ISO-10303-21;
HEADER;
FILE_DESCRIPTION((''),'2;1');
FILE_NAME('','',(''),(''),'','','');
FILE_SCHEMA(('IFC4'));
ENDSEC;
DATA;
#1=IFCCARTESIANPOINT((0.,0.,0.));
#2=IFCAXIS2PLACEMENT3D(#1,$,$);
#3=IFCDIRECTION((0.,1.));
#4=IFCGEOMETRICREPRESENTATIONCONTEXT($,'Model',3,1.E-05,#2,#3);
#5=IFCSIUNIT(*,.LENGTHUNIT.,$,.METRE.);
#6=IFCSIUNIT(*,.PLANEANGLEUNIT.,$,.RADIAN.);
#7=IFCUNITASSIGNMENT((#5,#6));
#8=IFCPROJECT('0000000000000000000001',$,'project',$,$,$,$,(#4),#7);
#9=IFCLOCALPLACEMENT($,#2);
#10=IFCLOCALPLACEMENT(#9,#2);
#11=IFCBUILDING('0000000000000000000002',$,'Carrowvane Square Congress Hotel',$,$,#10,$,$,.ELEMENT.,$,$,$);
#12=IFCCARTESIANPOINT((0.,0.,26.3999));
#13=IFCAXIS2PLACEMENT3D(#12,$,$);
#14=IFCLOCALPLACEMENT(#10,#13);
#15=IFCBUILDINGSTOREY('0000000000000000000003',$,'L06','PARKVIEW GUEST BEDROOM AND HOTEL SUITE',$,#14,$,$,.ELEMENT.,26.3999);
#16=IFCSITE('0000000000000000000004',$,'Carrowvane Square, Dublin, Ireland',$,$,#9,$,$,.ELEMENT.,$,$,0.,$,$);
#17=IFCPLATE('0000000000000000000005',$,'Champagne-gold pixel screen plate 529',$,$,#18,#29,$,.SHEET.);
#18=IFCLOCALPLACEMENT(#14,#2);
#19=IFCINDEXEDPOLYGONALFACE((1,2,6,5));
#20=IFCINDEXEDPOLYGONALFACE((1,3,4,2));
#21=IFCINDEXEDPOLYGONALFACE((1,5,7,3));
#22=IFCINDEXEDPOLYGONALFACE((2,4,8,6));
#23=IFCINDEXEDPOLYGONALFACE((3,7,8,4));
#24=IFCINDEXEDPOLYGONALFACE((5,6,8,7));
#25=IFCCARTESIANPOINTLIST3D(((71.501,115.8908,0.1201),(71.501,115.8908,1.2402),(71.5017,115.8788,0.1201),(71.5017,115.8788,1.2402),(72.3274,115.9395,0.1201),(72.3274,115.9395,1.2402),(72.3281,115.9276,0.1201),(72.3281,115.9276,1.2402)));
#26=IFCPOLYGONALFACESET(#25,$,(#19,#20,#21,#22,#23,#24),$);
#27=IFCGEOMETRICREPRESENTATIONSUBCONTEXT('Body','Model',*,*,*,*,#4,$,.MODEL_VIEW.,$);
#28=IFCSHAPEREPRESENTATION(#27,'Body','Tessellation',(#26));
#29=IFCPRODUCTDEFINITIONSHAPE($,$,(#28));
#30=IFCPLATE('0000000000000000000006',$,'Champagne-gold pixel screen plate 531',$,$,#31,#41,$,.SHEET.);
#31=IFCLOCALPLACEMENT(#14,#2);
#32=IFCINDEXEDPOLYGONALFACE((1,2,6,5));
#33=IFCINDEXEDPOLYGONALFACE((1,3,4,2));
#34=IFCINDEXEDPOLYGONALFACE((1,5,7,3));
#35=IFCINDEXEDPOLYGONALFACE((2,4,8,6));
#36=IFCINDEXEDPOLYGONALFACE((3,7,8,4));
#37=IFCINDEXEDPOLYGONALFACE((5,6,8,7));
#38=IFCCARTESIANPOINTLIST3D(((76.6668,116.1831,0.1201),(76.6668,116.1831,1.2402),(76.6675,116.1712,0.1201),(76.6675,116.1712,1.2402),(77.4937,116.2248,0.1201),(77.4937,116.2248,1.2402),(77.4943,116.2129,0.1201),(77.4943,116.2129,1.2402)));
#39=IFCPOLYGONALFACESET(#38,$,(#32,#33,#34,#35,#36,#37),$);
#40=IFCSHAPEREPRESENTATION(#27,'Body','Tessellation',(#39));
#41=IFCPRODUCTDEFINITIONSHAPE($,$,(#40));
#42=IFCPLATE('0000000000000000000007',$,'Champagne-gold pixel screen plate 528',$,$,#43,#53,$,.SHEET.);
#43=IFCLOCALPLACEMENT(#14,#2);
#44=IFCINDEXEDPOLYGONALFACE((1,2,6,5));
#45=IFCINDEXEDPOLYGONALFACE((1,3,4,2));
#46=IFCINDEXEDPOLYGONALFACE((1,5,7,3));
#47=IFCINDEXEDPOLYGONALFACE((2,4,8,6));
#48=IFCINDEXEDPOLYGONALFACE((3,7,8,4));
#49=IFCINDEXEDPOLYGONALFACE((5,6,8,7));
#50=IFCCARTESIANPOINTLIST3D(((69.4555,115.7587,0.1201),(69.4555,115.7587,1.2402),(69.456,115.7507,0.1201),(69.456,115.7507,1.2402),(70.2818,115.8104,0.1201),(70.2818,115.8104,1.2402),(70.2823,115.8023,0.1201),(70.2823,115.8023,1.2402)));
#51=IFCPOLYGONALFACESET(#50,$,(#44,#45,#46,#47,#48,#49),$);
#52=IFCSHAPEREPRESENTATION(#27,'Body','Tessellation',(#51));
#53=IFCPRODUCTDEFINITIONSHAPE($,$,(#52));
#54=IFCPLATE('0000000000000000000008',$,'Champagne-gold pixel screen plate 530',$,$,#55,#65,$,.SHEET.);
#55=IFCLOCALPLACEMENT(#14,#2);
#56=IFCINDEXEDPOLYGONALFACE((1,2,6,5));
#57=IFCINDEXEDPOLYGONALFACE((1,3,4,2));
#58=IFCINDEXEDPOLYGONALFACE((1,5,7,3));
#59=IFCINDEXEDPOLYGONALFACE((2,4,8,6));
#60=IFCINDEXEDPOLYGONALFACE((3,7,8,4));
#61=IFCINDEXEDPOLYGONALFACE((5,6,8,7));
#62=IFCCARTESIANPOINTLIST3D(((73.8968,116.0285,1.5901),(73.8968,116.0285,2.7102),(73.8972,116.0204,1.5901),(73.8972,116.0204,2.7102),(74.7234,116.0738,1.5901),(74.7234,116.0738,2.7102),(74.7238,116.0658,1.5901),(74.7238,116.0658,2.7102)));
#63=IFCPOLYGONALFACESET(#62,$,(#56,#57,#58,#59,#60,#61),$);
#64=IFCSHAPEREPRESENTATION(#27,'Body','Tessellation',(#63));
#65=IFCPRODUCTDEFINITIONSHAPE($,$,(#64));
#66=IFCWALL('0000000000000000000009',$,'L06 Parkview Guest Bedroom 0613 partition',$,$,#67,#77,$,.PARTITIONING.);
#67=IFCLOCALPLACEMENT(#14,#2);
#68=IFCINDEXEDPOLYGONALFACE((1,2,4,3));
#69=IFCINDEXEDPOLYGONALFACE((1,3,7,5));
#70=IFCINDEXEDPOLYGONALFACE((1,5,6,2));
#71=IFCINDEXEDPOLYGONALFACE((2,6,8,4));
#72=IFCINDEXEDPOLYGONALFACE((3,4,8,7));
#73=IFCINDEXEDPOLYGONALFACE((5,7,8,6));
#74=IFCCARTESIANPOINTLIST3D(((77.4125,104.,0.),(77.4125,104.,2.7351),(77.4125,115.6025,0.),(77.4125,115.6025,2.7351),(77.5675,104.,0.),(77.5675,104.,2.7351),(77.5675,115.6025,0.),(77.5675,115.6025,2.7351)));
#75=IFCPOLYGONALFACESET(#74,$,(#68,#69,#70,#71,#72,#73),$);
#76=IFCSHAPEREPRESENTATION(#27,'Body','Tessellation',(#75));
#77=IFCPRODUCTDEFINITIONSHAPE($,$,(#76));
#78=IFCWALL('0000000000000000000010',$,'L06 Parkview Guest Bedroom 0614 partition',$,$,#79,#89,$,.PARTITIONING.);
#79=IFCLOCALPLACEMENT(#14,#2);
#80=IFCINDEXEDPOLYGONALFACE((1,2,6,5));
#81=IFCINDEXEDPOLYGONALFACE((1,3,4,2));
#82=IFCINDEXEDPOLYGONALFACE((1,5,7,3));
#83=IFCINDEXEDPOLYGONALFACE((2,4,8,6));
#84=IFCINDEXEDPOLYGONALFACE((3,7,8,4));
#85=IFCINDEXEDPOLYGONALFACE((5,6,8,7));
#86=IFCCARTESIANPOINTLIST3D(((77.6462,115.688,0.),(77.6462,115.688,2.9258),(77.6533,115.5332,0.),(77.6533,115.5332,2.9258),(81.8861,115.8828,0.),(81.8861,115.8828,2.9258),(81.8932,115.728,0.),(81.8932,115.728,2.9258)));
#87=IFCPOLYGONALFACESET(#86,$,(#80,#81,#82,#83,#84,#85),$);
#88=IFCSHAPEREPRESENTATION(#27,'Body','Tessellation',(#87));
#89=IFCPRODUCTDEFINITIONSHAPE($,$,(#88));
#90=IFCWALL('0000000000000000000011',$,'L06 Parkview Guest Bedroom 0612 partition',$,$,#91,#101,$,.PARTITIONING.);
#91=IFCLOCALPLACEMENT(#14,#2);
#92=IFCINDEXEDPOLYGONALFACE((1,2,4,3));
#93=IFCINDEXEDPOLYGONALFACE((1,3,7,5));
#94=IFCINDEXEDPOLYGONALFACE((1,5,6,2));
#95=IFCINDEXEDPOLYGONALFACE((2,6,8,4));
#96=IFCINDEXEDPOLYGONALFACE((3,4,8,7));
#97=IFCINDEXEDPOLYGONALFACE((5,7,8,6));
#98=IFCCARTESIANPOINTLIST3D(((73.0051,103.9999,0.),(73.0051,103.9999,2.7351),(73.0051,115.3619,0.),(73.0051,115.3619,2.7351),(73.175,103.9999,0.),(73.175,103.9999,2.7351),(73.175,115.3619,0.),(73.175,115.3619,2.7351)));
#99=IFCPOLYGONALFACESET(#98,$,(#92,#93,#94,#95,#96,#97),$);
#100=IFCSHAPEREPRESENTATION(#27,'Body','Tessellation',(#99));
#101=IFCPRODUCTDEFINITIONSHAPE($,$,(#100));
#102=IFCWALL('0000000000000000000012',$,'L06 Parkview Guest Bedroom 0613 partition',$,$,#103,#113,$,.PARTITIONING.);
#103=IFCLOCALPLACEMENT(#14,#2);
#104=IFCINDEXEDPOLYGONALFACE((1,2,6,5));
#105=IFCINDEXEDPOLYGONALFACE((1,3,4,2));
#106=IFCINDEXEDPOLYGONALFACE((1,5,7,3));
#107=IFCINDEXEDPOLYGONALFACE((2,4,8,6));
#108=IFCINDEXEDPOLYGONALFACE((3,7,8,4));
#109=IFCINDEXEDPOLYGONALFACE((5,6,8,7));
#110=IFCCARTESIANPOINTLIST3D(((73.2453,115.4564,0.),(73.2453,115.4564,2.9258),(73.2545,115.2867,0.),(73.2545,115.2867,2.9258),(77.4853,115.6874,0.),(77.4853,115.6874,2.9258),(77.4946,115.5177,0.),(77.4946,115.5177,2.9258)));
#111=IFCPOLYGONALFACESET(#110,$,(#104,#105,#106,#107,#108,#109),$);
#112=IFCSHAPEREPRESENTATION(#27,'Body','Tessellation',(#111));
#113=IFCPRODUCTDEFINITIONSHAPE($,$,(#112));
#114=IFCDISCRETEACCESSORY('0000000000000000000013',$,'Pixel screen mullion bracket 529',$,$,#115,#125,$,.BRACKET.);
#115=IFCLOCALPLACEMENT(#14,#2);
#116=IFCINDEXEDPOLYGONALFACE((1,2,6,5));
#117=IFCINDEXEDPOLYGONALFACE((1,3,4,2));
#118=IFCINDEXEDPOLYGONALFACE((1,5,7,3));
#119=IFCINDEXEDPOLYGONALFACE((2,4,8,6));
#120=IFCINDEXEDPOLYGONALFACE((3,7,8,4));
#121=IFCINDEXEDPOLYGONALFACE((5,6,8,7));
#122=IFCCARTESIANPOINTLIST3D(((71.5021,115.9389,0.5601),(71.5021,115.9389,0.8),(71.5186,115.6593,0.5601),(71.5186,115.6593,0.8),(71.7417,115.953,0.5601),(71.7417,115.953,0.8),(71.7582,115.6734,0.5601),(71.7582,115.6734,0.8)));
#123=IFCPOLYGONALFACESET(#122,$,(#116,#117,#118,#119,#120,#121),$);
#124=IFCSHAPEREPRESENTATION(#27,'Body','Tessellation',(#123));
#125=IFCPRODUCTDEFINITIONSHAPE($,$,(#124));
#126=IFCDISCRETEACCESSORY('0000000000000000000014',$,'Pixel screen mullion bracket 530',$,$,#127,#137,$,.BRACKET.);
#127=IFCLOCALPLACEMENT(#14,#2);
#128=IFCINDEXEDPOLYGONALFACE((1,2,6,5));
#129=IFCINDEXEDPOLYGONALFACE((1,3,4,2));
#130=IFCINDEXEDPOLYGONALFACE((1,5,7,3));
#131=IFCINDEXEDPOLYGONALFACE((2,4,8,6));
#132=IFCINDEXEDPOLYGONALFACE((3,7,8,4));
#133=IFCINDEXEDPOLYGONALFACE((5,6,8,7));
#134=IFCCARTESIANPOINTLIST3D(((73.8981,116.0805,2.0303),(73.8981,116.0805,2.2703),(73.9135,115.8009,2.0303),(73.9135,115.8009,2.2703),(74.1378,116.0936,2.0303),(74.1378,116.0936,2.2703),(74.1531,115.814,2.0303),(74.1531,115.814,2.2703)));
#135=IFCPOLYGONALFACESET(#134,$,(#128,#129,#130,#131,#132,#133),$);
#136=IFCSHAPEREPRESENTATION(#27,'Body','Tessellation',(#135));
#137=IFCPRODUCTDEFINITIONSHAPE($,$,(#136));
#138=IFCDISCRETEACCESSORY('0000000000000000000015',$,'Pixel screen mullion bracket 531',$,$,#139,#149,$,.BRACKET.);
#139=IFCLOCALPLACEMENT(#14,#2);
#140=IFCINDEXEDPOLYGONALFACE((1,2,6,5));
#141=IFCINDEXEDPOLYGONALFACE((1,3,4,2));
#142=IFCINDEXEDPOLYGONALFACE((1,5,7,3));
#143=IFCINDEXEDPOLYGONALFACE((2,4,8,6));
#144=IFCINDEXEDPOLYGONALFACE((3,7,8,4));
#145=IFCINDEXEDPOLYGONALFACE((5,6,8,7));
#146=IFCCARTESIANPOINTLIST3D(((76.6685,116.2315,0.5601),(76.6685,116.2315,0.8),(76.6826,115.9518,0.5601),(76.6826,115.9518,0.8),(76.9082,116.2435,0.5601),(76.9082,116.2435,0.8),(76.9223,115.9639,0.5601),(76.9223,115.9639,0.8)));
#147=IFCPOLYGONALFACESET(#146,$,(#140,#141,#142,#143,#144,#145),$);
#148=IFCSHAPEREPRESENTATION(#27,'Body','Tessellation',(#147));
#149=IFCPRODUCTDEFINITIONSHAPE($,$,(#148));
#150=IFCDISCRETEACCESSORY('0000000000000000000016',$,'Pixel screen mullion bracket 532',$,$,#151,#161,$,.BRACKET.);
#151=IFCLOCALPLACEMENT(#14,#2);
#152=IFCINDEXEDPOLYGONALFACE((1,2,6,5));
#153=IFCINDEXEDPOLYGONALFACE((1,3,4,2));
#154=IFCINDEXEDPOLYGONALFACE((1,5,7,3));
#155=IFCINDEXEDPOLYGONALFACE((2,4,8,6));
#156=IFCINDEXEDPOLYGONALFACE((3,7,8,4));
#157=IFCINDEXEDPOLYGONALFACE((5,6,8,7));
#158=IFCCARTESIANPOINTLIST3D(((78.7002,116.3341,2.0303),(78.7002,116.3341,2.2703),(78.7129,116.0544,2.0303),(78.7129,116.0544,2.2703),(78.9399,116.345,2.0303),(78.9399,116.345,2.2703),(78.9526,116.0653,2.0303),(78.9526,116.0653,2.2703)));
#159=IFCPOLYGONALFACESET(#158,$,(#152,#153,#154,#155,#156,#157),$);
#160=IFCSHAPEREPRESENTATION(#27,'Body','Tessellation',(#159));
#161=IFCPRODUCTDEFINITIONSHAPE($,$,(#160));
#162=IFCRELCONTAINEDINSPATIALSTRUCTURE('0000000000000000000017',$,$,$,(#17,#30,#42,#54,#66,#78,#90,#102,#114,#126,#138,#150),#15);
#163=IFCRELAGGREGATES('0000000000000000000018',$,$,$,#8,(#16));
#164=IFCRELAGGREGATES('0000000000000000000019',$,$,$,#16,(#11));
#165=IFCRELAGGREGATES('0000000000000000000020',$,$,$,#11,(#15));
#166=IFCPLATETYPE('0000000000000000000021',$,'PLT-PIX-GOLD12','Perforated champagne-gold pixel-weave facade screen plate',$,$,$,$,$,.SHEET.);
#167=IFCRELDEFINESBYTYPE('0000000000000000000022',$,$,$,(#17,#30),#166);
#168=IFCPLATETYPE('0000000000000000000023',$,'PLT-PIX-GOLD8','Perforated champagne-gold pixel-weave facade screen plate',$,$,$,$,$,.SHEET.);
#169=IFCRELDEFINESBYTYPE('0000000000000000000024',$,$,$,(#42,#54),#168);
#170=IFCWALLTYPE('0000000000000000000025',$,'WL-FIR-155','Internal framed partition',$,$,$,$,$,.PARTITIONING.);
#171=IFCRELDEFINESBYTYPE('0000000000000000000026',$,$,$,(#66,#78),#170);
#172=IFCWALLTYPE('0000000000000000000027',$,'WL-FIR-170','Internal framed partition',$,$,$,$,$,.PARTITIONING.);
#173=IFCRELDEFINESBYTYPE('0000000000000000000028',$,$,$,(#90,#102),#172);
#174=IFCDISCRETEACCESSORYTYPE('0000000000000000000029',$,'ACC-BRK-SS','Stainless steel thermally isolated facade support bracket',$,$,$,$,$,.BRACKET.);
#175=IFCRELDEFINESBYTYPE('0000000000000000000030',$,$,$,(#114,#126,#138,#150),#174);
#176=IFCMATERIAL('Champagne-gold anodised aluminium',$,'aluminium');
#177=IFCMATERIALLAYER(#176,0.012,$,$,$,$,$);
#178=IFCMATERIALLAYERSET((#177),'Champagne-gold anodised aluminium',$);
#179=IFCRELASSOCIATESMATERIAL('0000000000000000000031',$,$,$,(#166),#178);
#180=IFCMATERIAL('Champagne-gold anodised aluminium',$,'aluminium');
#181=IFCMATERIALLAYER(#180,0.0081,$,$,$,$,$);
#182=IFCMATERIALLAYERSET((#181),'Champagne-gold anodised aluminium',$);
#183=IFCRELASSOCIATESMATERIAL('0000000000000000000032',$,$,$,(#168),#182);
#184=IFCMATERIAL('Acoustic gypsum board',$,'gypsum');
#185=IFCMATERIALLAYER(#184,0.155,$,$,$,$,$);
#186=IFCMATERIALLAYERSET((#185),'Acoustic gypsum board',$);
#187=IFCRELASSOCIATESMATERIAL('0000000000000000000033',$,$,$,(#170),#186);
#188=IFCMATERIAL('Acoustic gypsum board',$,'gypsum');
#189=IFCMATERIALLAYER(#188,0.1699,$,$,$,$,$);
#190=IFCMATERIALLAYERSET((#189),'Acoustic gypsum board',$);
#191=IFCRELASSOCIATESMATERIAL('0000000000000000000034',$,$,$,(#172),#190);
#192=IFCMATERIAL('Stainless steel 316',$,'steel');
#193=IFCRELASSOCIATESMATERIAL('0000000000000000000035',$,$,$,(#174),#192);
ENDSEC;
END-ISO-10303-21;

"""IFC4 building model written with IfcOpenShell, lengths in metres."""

from ifc_helpers import new_model, si_unit, direction, frame, frame_2d, origin, origin_2d, place, context, subcontext, project, spatial, rectangle, extrude, material, layer, layer_set, type_object, element, save


model = new_model("IFC4")

# Units and contexts
model_context = context("Model", 3, precision=1e-05, world=origin(), true_north=direction((0.0, 1.0)))
body_context = subcontext(model_context, "Body", "Model", "MODEL_VIEW")
ifc_project = project(units=[si_unit("LENGTHUNIT", "METRE"), si_unit("PLANEANGLEUNIT", "RADIAN")], contexts=[model_context])

# Site, building, storey
site_placement = place(None, origin())
site = spatial("IfcSite", under=ifc_project, at=site_placement, Name="Carrowvane Square, Dublin, Ireland", CompositionType="ELEMENT", RefElevation=0.0)
building_placement = place(site_placement, origin())
building = spatial("IfcBuilding", under=site, at=building_placement, Name="Carrowvane Square Congress Hotel", CompositionType="ELEMENT")
storey_placement = place(building_placement, frame((0.0, 0.0, 26.3999)))
storey = spatial("IfcBuildingStorey", under=building, at=storey_placement, Name="L06", Description="PARKVIEW GUEST BEDROOM AND HOTEL SUITE", CompositionType="ELEMENT", Elevation=26.3999)

# Plates
ifc_material_1 = material(Name="Champagne-gold anodised aluminium", Category="aluminium")
ifc_layer_1 = layer(ifc_material_1, 0.012)
ifc_layer_set_1 = layer_set([ifc_layer_1], Name="Champagne-gold anodised aluminium")
plate_type_1 = type_object("IfcPlateType", Name="PLT-PIX-GOLD12", Description="Perforated champagne-gold pixel-weave facade screen plate", PredefinedType="SHEET", material=ifc_layer_set_1)
for number, where, z_axis, x_axis, name in (
    (1, (71.9146, 115.9092, 0.1201), (0.0, 0.0, 1.0), (0.998267, 0.058852, 0.0), "Champagne-gold pixel screen plate 529"),
    (2, (77.0806, 116.198, 0.1201), (0.0, 0.0, 1.0), (0.998733, 0.050322, 0.0), "Champagne-gold pixel screen plate 531"),
):
    element("IfcPlate", number, at=place(storey_placement, frame(where, z_axis=z_axis, x_axis=x_axis)), inside=storey, type_object=plate_type_1, Name=name, PredefinedType="SHEET", context=body_context, shape_type="SweptSolid", body=[
        extrude(rectangle(XDim=0.8279, YDim=0.012, at=origin_2d()), origin(), (0.0, 0.0, 1.0), 1.1201),
    ])
ifc_material_2 = material(Name="Champagne-gold anodised aluminium", Category="aluminium")
ifc_layer_2 = layer(ifc_material_2, 0.0081)
ifc_layer_set_2 = layer_set([ifc_layer_2], Name="Champagne-gold anodised aluminium")
plate_type_2 = type_object("IfcPlateType", Name="PLT-PIX-GOLD8", Description="Perforated champagne-gold pixel-weave facade screen plate", PredefinedType="SHEET", material=ifc_layer_set_2)
for number, where, z_axis, x_axis, name in (
    (3, (69.8689, 115.7805, 0.1201), (0.0, 0.0, 1.0), (0.998051, 0.062397, 0.0), "Champagne-gold pixel screen plate 528"),
    (4, (74.3103, 116.0471, 1.5901), (0.0, 0.0, 1.0), (0.998497, 0.054815, 0.0), "Champagne-gold pixel screen plate 530"),
):
    element("IfcPlate", number, at=place(storey_placement, frame(where, z_axis=z_axis, x_axis=x_axis)), inside=storey, type_object=plate_type_2, Name=name, PredefinedType="SHEET", context=body_context, shape_type="SweptSolid", body=[
        extrude(rectangle(XDim=0.8279, YDim=0.0081, at=origin_2d()), origin(), (0.0, 0.0, 1.0), 1.1201),
    ])

# Walls
ifc_material_3 = material(Name="Acoustic gypsum board", Category="gypsum")
ifc_layer_3 = layer(ifc_material_3, 0.155)
ifc_layer_set_3 = layer_set([ifc_layer_3], Name="Acoustic gypsum board")
wall_type_1 = type_object("IfcWallType", Name="WL-FIR-155", Description="Internal framed partition", PredefinedType="PARTITIONING", material=ifc_layer_set_3)
wall_1_placement = place(storey_placement, frame((77.49, 115.6025, 0.0), z_axis=(0.0, 0.0, 1.0), x_axis=(0.0, -1.0, 0.0)))
element("IfcWall", 5, at=wall_1_placement, inside=storey, type_object=wall_type_1, Name="L06 Parkview Guest Bedroom 0613 partition", PredefinedType="PARTITIONING", context=body_context, shape_type="SweptSolid", body=[
    extrude(rectangle(XDim=11.6025, YDim=0.155, at=frame_2d((5.8013, 0.0))), origin(), (0.0, 0.0, 1.0), 2.7351),
])
wall_2_placement = place(storey_placement, frame((77.6499, 115.6106, 0.0), z_axis=(0.0, 0.0, 1.0), x_axis=(0.998946, 0.045901, 0.0)))
element("IfcWall", 6, at=wall_2_placement, inside=storey, type_object=wall_type_1, Name="L06 Parkview Guest Bedroom 0614 partition", PredefinedType="PARTITIONING", context=body_context, shape_type="SweptSolid", body=[
    extrude(rectangle(XDim=4.2444, YDim=0.155, at=frame_2d((2.1221, 0.0))), origin(), (0.0, 0.0, 1.0), 2.9258),
])
ifc_material_4 = material(Name="Acoustic gypsum board", Category="gypsum")
ifc_layer_4 = layer(ifc_material_4, 0.1699)
ifc_layer_set_4 = layer_set([ifc_layer_4], Name="Acoustic gypsum board")
wall_type_2 = type_object("IfcWallType", Name="WL-FIR-170", Description="Internal framed partition", PredefinedType="PARTITIONING", material=ifc_layer_set_4)
wall_3_placement = place(storey_placement, frame((73.0901, 115.3621, 0.0), z_axis=(0.0, 0.0, 1.0), x_axis=(0.0, -1.0, 0.0)))
element("IfcWall", 7, at=wall_3_placement, inside=storey, type_object=wall_type_2, Name="L06 Parkview Guest Bedroom 0612 partition", PredefinedType="PARTITIONING", context=body_context, shape_type="SweptSolid", body=[
    extrude(rectangle(XDim=11.3621, YDim=0.1699, at=frame_2d((5.6812, 0.0))), origin(), (0.0, 0.0, 1.0), 2.7351),
])
wall_4_placement = place(storey_placement, frame((73.25, 115.3716, 0.0), z_axis=(0.0, 0.0, 1.0), x_axis=(0.99852, 0.05439, 0.0)))
element("IfcWall", 8, at=wall_4_placement, inside=storey, type_object=wall_type_2, Name="L06 Parkview Guest Bedroom 0613 partition", PredefinedType="PARTITIONING", context=body_context, shape_type="SweptSolid", body=[
    extrude(rectangle(XDim=4.2463, YDim=0.1699, at=frame_2d((2.123, 0.0))), origin(), (0.0, 0.0, 1.0), 2.9258),
])

# Discrete accessories
ifc_material_5 = material(Name="Stainless steel 316", Category="steel")
discrete_accessory_type = type_object("IfcDiscreteAccessoryType", Name="ACC-BRK-SS", Description="Stainless steel thermally isolated facade support bracket", PredefinedType="BRACKET", material=ifc_material_5)
for number, where, z_axis, x_axis, name in (
    (9, (71.6301, 115.8062, 0.5601), (0.0, 0.0, 1.0), (0.998267, 0.058852, 0.0), "Pixel screen mullion bracket 529"),
    (10, (74.0256, 115.9473, 2.0303), (0.0, 0.0, 1.0), (0.998497, 0.054815, 0.0), "Pixel screen mullion bracket 530"),
    (11, (76.7954, 116.0977, 0.5601), (0.0, 0.0, 1.0), (0.998733, 0.050322, 0.0), "Pixel screen mullion bracket 531"),
    (12, (78.8264, 116.1997, 2.0303), (0.0, 0.0, 1.0), (0.998968, 0.045414, 0.0), "Pixel screen mullion bracket 532"),
):
    element("IfcDiscreteAccessory", number, at=place(storey_placement, frame(where, z_axis=z_axis, x_axis=x_axis)), inside=storey, type_object=discrete_accessory_type, Name=name, PredefinedType="BRACKET", context=body_context, shape_type="SweptSolid", body=[
        extrude(rectangle(XDim=0.24, YDim=0.28, at=origin_2d()), origin(), (0.0, 0.0, 1.0), 0.24),
    ])

save(model, "model.ifc")
